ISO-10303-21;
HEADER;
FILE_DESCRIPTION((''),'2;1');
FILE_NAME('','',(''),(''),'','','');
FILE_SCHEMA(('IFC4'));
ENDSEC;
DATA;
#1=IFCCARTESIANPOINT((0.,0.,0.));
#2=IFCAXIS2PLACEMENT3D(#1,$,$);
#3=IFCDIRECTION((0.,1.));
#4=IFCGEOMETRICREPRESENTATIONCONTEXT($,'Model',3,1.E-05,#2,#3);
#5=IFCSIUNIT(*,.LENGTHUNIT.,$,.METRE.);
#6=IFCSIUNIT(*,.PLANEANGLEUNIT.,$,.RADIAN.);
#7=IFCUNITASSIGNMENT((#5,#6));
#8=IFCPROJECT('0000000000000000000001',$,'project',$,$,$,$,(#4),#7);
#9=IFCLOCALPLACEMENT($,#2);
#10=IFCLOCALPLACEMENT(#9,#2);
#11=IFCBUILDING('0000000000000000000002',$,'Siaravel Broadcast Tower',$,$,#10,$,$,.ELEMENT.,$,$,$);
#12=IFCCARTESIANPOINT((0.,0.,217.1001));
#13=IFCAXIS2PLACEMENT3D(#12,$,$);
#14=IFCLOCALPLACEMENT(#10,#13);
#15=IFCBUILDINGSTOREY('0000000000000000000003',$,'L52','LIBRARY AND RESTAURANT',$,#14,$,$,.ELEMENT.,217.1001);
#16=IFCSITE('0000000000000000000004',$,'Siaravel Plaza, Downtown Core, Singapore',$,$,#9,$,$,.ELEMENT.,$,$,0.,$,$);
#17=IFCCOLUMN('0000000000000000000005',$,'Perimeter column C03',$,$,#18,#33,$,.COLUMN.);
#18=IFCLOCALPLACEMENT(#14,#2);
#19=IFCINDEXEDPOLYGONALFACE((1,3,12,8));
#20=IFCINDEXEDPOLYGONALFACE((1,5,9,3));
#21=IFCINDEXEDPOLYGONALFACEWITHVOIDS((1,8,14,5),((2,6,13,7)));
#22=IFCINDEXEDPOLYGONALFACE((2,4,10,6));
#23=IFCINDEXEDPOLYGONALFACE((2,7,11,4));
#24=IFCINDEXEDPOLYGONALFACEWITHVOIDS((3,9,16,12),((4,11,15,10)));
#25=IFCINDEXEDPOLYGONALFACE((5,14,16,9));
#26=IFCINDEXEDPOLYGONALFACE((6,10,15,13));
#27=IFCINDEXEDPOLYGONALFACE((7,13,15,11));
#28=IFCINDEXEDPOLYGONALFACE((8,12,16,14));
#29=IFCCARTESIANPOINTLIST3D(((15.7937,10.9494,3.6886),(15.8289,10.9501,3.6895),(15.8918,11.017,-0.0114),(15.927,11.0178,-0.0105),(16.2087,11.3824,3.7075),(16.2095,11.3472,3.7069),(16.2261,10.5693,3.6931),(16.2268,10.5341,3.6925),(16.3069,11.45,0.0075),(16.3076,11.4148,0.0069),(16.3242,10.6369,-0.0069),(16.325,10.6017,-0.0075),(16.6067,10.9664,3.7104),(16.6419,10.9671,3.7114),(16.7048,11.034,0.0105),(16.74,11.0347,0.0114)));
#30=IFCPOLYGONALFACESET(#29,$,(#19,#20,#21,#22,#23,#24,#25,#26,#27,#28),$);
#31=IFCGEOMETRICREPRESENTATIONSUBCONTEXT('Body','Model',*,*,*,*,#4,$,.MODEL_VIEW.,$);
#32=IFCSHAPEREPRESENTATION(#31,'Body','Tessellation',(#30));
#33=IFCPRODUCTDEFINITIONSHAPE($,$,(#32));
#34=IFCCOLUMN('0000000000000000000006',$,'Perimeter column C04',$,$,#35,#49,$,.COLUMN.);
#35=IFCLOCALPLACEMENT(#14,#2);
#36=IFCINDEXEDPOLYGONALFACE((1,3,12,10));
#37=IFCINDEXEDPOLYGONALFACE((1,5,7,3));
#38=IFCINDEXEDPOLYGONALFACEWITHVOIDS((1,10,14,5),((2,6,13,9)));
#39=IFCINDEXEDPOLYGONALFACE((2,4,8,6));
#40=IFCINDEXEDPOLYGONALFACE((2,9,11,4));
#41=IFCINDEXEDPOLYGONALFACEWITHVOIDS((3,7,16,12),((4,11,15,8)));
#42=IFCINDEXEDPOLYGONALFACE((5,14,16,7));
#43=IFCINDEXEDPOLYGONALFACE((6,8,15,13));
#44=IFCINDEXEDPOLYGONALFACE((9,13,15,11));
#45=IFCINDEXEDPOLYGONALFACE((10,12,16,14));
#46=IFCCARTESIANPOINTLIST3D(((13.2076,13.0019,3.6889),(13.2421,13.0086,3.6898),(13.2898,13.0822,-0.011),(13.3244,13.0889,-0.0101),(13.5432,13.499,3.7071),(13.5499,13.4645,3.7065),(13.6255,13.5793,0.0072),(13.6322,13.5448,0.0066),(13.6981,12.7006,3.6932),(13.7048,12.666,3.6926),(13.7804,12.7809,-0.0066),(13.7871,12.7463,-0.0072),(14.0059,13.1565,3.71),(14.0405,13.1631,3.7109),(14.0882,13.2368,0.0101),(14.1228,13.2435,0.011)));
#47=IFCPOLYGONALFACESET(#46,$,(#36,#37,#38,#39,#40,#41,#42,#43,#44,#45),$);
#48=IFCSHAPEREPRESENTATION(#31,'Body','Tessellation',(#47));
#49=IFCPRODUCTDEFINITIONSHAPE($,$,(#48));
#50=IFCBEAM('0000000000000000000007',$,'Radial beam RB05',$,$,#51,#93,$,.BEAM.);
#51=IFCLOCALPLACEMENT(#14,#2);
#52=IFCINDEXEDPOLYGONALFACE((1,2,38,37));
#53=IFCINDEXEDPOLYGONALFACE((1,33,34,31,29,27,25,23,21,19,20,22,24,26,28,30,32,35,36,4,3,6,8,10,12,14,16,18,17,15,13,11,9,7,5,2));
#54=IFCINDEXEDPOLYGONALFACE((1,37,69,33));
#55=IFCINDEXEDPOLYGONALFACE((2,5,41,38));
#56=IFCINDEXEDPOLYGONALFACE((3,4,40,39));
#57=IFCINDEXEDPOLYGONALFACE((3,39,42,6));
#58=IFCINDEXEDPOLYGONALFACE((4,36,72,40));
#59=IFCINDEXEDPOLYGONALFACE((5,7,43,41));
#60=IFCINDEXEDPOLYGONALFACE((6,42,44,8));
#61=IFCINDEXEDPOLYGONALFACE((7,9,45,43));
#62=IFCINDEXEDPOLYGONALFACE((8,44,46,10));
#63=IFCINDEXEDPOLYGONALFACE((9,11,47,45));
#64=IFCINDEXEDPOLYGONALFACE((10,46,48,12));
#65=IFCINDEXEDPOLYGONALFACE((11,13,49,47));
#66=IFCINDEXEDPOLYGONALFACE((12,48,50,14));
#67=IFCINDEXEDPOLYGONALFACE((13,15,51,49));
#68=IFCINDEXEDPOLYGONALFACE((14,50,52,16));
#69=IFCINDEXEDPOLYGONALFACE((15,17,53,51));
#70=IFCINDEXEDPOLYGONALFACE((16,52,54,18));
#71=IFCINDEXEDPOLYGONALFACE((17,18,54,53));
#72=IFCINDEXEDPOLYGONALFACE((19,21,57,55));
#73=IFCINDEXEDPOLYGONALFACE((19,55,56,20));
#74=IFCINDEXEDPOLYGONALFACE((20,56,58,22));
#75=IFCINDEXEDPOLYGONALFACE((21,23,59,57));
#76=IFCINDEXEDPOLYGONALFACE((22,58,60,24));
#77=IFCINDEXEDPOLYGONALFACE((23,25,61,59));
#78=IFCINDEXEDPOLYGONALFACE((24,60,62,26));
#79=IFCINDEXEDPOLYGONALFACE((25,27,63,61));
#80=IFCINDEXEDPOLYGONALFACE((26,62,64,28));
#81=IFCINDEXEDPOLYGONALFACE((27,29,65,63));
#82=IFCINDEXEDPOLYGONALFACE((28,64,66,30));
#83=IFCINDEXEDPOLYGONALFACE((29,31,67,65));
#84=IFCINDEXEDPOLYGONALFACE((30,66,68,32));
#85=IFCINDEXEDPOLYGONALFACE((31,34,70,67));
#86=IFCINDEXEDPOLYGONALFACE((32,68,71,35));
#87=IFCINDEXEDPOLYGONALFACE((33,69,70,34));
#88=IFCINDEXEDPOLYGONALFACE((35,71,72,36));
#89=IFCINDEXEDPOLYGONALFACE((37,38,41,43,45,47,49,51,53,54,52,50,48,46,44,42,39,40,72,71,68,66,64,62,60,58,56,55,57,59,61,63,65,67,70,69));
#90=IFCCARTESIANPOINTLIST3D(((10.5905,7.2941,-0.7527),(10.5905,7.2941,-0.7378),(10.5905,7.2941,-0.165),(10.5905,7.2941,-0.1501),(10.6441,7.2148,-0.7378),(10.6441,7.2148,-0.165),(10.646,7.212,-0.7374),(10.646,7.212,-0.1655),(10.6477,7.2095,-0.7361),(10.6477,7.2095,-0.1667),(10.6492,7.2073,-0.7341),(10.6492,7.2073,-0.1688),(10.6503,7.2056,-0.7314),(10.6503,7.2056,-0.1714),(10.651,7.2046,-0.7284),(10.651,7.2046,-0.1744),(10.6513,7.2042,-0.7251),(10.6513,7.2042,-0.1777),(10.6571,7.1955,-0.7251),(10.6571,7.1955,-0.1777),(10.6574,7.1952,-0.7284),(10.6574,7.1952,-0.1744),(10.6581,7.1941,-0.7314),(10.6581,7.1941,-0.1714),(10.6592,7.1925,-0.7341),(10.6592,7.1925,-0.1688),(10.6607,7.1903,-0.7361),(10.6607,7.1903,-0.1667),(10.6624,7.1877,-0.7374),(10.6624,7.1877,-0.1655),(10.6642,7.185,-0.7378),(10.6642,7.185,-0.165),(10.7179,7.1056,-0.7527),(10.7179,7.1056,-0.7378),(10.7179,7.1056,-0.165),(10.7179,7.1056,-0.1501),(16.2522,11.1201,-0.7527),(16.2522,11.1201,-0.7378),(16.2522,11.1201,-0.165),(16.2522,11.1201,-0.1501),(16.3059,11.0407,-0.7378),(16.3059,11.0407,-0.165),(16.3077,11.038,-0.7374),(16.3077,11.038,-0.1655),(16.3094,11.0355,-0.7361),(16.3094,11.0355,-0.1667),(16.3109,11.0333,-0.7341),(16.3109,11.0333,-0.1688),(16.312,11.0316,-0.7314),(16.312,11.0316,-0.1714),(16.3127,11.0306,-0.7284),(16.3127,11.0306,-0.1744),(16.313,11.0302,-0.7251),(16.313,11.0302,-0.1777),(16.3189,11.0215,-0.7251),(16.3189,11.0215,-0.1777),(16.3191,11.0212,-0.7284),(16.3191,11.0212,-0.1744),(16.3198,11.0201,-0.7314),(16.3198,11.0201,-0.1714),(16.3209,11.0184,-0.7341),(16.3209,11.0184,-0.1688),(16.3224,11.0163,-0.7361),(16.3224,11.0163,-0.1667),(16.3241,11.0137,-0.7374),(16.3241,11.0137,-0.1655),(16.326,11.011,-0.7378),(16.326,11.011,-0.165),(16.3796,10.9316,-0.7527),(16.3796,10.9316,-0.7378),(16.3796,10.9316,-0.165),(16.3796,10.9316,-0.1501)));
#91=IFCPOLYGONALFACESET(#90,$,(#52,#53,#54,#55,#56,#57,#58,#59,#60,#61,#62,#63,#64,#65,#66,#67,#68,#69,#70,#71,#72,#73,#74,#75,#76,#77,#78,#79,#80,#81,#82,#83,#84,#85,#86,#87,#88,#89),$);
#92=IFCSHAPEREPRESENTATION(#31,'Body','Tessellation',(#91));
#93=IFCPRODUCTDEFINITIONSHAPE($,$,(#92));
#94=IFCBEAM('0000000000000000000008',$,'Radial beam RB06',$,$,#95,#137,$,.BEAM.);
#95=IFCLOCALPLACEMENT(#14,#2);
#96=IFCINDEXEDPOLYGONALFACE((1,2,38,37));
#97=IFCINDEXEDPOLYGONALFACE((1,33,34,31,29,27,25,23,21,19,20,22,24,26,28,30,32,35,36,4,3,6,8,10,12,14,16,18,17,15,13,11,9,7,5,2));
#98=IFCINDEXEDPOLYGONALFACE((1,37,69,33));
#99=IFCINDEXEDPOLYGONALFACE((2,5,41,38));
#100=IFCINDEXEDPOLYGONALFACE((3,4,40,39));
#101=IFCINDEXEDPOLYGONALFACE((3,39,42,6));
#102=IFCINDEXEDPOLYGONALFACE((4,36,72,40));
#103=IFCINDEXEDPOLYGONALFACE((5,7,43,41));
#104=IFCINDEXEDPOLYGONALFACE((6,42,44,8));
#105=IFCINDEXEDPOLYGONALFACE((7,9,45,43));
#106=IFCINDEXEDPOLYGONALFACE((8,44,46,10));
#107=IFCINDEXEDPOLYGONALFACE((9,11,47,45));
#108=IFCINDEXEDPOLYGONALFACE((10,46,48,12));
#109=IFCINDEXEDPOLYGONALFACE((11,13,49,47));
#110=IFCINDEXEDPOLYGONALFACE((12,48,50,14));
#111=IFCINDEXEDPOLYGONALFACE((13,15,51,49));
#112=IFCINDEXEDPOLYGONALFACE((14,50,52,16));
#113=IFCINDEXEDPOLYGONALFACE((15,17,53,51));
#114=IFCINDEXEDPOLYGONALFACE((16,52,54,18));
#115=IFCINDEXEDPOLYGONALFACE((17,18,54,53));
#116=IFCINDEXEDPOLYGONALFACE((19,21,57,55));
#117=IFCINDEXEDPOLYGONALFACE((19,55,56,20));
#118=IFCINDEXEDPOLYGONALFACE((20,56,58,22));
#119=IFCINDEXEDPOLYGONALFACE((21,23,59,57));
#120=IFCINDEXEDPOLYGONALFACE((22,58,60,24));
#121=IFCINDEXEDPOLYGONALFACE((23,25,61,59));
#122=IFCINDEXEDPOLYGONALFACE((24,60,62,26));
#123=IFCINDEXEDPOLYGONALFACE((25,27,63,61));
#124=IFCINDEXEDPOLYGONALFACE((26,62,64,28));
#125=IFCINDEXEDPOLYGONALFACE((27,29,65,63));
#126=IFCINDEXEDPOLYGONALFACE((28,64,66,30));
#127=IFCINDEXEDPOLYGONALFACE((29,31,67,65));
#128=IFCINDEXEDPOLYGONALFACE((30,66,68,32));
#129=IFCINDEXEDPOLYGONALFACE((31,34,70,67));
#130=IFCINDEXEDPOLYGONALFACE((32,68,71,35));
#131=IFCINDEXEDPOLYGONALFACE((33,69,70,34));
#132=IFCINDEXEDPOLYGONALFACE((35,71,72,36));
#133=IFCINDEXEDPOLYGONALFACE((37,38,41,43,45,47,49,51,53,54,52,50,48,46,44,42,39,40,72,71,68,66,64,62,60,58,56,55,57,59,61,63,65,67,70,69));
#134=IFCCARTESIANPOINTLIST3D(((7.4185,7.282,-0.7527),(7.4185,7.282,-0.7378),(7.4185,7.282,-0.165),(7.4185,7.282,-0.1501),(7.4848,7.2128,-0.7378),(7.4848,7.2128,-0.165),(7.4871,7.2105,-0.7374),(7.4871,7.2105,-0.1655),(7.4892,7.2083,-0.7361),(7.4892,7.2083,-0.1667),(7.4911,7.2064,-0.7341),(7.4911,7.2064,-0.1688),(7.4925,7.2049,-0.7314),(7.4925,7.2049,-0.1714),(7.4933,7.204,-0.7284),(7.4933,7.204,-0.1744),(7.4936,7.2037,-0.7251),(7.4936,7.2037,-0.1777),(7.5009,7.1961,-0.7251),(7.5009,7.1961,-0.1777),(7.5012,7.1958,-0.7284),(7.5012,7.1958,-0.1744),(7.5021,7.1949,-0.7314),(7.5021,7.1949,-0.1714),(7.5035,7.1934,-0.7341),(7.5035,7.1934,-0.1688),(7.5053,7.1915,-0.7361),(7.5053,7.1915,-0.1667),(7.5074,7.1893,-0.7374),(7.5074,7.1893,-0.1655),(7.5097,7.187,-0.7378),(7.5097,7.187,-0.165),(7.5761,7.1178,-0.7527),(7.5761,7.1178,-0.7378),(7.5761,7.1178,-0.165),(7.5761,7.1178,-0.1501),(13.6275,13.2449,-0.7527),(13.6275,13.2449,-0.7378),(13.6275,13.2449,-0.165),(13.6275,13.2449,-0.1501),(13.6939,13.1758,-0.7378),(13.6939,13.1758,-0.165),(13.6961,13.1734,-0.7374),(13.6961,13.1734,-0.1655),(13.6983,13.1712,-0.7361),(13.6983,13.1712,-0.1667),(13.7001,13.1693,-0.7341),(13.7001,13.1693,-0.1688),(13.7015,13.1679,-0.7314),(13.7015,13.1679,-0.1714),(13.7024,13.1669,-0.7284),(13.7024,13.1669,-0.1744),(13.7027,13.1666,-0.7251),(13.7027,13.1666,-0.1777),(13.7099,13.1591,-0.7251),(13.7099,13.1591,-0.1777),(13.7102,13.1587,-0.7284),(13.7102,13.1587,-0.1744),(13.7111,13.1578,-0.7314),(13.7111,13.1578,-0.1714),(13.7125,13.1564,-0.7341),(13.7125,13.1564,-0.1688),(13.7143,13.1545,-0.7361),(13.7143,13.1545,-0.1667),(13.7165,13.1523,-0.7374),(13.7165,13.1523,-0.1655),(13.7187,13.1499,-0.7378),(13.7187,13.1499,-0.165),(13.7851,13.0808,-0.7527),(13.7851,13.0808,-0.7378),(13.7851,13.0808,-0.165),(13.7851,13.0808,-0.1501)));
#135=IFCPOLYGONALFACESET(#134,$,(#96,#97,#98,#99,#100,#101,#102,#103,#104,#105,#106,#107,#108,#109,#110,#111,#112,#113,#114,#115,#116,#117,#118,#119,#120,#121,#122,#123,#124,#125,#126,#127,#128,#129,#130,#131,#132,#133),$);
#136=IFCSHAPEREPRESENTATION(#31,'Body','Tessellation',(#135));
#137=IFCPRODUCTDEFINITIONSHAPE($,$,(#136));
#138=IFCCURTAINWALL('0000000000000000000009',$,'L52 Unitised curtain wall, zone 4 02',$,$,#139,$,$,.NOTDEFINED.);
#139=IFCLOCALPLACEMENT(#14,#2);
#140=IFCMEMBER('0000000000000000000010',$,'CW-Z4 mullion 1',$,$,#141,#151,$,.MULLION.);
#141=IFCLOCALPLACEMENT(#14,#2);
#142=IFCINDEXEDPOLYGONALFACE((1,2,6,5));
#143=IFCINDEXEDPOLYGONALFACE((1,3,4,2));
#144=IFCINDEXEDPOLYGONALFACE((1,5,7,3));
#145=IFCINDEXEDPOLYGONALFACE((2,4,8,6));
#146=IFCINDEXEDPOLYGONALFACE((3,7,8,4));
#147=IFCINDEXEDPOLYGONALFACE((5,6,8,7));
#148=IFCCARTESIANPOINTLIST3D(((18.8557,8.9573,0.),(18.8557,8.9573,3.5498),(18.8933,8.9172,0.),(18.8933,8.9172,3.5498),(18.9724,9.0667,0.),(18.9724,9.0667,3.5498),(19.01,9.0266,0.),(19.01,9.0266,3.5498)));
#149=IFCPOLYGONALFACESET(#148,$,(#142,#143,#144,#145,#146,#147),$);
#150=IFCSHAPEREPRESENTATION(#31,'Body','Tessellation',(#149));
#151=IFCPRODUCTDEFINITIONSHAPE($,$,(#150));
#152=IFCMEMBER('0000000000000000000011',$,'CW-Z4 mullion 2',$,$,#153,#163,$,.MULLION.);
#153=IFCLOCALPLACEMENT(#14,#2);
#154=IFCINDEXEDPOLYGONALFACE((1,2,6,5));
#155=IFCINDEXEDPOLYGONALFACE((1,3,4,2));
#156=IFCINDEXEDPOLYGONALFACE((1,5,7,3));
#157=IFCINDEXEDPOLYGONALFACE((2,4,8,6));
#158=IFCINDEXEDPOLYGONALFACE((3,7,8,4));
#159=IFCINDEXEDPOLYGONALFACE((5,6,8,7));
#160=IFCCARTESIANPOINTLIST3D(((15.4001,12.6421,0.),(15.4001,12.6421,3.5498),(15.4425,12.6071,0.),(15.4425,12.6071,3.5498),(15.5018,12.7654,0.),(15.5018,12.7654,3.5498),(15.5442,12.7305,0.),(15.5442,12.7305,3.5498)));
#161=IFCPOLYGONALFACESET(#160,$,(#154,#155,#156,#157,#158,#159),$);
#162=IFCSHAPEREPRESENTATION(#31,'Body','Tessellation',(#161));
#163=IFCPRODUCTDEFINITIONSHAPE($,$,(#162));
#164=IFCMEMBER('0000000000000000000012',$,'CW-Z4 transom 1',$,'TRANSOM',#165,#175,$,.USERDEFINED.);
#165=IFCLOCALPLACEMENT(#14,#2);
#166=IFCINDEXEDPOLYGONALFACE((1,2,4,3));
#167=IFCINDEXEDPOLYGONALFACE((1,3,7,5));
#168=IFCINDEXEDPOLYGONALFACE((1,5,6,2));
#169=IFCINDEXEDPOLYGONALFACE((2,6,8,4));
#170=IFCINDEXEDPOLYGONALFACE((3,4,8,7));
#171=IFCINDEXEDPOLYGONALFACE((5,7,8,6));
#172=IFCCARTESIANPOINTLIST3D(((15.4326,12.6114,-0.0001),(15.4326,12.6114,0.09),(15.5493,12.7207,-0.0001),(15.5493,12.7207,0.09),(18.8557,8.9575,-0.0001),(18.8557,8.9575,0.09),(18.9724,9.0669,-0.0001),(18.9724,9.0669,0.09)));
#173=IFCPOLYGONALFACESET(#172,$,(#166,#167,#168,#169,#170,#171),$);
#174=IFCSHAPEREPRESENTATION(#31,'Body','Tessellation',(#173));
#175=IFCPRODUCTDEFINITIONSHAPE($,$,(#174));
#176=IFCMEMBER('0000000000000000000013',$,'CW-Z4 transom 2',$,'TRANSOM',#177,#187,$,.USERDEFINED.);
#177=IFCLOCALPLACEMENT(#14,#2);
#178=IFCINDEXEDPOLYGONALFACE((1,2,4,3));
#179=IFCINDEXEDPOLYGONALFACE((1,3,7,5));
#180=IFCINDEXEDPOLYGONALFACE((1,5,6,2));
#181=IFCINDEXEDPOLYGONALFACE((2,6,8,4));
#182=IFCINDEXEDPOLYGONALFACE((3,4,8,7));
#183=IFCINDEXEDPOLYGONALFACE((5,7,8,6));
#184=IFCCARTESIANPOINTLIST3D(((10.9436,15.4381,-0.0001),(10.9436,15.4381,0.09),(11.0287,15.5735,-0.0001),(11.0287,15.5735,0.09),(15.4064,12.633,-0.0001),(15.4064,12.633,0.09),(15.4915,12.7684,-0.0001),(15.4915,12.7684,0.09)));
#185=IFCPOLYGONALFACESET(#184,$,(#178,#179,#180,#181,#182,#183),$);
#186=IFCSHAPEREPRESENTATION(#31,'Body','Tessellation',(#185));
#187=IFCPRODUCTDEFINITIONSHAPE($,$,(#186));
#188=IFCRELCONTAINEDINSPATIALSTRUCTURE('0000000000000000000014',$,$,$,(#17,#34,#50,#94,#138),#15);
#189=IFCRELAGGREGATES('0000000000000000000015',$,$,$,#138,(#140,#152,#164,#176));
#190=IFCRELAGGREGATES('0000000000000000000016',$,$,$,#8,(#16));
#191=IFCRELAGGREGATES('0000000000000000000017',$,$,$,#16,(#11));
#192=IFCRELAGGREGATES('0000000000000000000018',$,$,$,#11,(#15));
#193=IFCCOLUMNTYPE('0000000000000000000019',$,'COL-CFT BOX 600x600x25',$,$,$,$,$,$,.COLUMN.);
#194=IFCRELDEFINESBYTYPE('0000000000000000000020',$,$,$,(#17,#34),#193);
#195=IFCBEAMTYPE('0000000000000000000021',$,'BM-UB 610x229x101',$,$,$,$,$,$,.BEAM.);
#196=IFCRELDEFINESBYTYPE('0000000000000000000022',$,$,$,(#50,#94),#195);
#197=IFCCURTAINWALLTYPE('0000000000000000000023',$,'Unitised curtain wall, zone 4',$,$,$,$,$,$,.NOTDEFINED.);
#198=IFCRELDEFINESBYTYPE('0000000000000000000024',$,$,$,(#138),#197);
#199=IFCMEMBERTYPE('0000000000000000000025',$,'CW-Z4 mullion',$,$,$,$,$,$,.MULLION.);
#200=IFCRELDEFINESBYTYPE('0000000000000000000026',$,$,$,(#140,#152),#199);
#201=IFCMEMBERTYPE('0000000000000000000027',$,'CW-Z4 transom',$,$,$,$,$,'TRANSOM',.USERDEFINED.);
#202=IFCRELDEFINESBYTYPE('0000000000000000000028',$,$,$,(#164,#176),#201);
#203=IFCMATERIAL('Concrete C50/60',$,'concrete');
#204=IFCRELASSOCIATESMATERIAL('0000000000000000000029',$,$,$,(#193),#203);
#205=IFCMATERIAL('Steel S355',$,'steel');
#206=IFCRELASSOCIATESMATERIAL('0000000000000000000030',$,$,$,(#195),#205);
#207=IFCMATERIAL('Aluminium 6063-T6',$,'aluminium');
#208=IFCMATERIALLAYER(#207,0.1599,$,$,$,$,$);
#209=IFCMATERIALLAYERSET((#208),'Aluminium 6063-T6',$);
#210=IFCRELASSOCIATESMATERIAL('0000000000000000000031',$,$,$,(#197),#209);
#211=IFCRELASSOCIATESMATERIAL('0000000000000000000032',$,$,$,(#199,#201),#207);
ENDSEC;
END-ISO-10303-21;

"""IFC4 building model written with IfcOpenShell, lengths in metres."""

from ifc_helpers import new_model, si_unit, direction, frame, origin, origin_2d, place, context, subcontext, project, spatial, rectangle, hollow_rectangle, i_section, extrude, material, layer, layer_set, material_profile, profile_set, type_object, element, aggregate, save


model = new_model("IFC4")

# Units and contexts
model_context = context("Model", 3, precision=1e-05, world=origin(), true_north=direction((0.0, 1.0)))
body_context = subcontext(model_context, "Body", "Model", "MODEL_VIEW")
ifc_project = project(units=[si_unit("LENGTHUNIT", "METRE"), si_unit("PLANEANGLEUNIT", "RADIAN")], contexts=[model_context])

# Site, building, storey
site_placement = place(None, origin())
site = spatial("IfcSite", under=ifc_project, at=site_placement, Name="Siaravel Plaza, Downtown Core, Singapore", CompositionType="ELEMENT", RefElevation=0.0)
building_placement = place(site_placement, origin())
building = spatial("IfcBuilding", under=site, at=building_placement, Name="Siaravel Broadcast Tower", CompositionType="ELEMENT")
storey_placement = place(building_placement, frame((0.0, 0.0, 217.1001)))
storey = spatial("IfcBuildingStorey", under=building, at=storey_placement, Name="L52", Description="LIBRARY AND RESTAURANT", CompositionType="ELEMENT", Elevation=217.1001)

# Columns
ifc_material_1 = material(Name="Concrete C50/60", Category="concrete")
ifc_material_profile_1 = material_profile(ifc_material_1, hollow_rectangle(XDim=0.6001, YDim=0.6001, WallThickness=0.0249, at=origin_2d()))
ifc_profile_set_1 = profile_set([ifc_material_profile_1], Name="Concrete C50/60")
column_type = type_object("IfcColumnType", Name="COL-CFT BOX 600x600x25", PredefinedType="COLUMN", material=ifc_profile_set_1)
column_1_placement = place(storey_placement, frame((16.3159, 11.0259, 0.0), z_axis=(-0.026512, -0.018268, 0.999482), x_axis=(0.721794, -0.692077, 0.006497)))
element("IfcColumn", 1, at=column_1_placement, inside=storey, type_object=column_type, Name="Perimeter column C03", PredefinedType="COLUMN", context=body_context, shape_type="SweptSolid", body=[
    extrude(hollow_rectangle(XDim=0.6001, YDim=0.6001, WallThickness=0.0249, at=origin_2d()), origin(), (0.0, 0.0, 1.0), 3.7019),
])
column_2_placement = place(storey_placement, frame((13.7063, 13.1628, 0.0), z_axis=(-0.022226, -0.021699, 0.999517), x_axis=(0.828663, -0.559712, 0.006276)))
element("IfcColumn", 2, at=column_2_placement, inside=storey, type_object=column_type, Name="Perimeter column C04", PredefinedType="COLUMN", context=body_context, shape_type="SweptSolid", body=[
    extrude(hollow_rectangle(XDim=0.6001, YDim=0.6001, WallThickness=0.0249, at=origin_2d()), origin(), (0.0, 0.0, 1.0), 3.7017),
])

# Beams
ifc_material_2 = material(Name="Steel S355", Category="steel")
ifc_material_profile_2 = material_profile(ifc_material_2, i_section(OverallWidth=0.2275, OverallDepth=0.6025, WebThickness=0.0105, FlangeThickness=0.0149, FilletRadius=0.0127, at=origin_2d()))
ifc_profile_set_2 = profile_set([ifc_material_profile_2], Name="Steel S355")
beam_type = type_object("IfcBeamType", Name="BM-UB 610x229x101", PredefinedType="BEAM", material=ifc_profile_set_2)
beam_1_placement = place(storey_placement, frame((16.3159, 11.0259, -0.4514), z_axis=(-0.828554, -0.559908, 0.0), x_axis=(0.559908, -0.828554, 0.0)))
element("IfcBeam", 3, at=beam_1_placement, inside=storey, type_object=beam_type, Name="Radial beam RB05", PredefinedType="BEAM", context=body_context, shape_type="SweptSolid", body=[
    extrude(i_section(OverallWidth=0.2275, OverallDepth=0.6025, WebThickness=0.0105, FlangeThickness=0.0149, FilletRadius=0.0127, at=origin_2d()), origin(), (0.0, 0.0, 1.0), 6.8333),
])
beam_2_placement = place(storey_placement, frame((13.7063, 13.1628, -0.4514), z_axis=(-0.721256, -0.692669, 0.0), x_axis=(0.692669, -0.721256, 0.0)))
element("IfcBeam", 4, at=beam_2_placement, inside=storey, type_object=beam_type, Name="Radial beam RB06", PredefinedType="BEAM", context=body_context, shape_type="SweptSolid", body=[
    extrude(i_section(OverallWidth=0.2275, OverallDepth=0.6025, WebThickness=0.0105, FlangeThickness=0.0149, FilletRadius=0.0127, at=origin_2d()), origin(), (0.0, 0.0, 1.0), 8.6086),
])

# Curtain wall, members
ifc_material_3 = material(Name="Aluminium 6063-T6", Category="aluminium")
ifc_layer_1 = layer(ifc_material_3, 0.1599)
ifc_layer_set_1 = layer_set([ifc_layer_1], Name="Aluminium 6063-T6")
curtain_wall_type = type_object("IfcCurtainWallType", Name="Unitised curtain wall, zone 4", PredefinedType="NOTDEFINED", material=ifc_layer_set_1)
curtain_wall_placement = place(storey_placement, origin())
curtain_wall = element("IfcCurtainWall", 5, at=curtain_wall_placement, inside=storey, type_object=curtain_wall_type, Name="L52 Unitised curtain wall, zone 4 02", PredefinedType="NOTDEFINED")
ifc_material_profile_3 = material_profile(ifc_material_3, rectangle(XDim=0.1599, YDim=0.0549, at=origin_2d()))
ifc_profile_set_3 = profile_set([ifc_material_profile_3], Name="Aluminium 6063-T6")
member_type_1 = type_object("IfcMemberType", Name="CW-Z4 mullion", PredefinedType="MULLION", material=ifc_profile_set_3)
member_1_placement = place(storey_placement, frame((18.9329, 8.9919, 0.0), z_axis=(0.0, 0.0, 1.0), x_axis=(-0.729806, -0.683654, 0.0)))
member_1 = element("IfcMember", 6, at=member_1_placement, type_object=member_type_1, Name="CW-Z4 mullion 1", PredefinedType="MULLION", context=body_context, shape_type="SweptSolid", body=[
    extrude(rectangle(XDim=0.1599, YDim=0.0549, at=origin_2d()), origin(), (0.0, 0.0, 1.0), 3.5498),
])
member_2_placement = place(storey_placement, frame((15.4722, 12.6863, 0.0), z_axis=(0.0, 0.0, 1.0), x_axis=(-0.63622, -0.771508, 0.0)))
member_2 = element("IfcMember", 7, at=member_2_placement, type_object=member_type_1, Name="CW-Z4 mullion 2", PredefinedType="MULLION", context=body_context, shape_type="SweptSolid", body=[
    extrude(rectangle(XDim=0.1599, YDim=0.0549, at=origin_2d()), origin(), (0.0, 0.0, 1.0), 3.5498),
])
ifc_material_profile_4 = material_profile(ifc_material_3, rectangle(XDim=0.1599, YDim=0.0901, at=origin_2d()))
ifc_profile_set_4 = profile_set([ifc_material_profile_4], Name="Aluminium 6063-T6")
member_type_2 = type_object("IfcMemberType", Name="CW-Z4 transom", ElementType="TRANSOM", PredefinedType="USERDEFINED", material=ifc_profile_set_4)
member_3_placement = place(storey_placement, frame((18.9141, 9.0122, 0.0449), z_axis=(-0.683691, 0.729771, 0.0), x_axis=(-0.729771, -0.683691, 0.0)))
member_3 = element("IfcMember", 8, at=member_3_placement, type_object=member_type_2, Name="CW-Z4 transom 1", ObjectType="TRANSOM", PredefinedType="USERDEFINED", context=body_context, shape_type="SweptSolid", body=[
    extrude(rectangle(XDim=0.1599, YDim=0.0901, at=origin_2d()), origin(), (0.0, 0.0, 1.0), 5.0068),
])
member_4_placement = place(storey_placement, frame((15.449, 12.7007, 0.0449), z_axis=(-0.846643, 0.532162, 0.0), x_axis=(-0.532162, -0.846643, 0.0)))
member_4 = element("IfcMember", 9, at=member_4_placement, type_object=member_type_2, Name="CW-Z4 transom 2", ObjectType="TRANSOM", PredefinedType="USERDEFINED", context=body_context, shape_type="SweptSolid", body=[
    extrude(rectangle(XDim=0.1599, YDim=0.0901, at=origin_2d()), origin(), (0.0, 0.0, 1.0), 5.2712),
])

aggregate(curtain_wall, [member_1, member_2, member_3, member_4])

save(model, "model.ifc")
